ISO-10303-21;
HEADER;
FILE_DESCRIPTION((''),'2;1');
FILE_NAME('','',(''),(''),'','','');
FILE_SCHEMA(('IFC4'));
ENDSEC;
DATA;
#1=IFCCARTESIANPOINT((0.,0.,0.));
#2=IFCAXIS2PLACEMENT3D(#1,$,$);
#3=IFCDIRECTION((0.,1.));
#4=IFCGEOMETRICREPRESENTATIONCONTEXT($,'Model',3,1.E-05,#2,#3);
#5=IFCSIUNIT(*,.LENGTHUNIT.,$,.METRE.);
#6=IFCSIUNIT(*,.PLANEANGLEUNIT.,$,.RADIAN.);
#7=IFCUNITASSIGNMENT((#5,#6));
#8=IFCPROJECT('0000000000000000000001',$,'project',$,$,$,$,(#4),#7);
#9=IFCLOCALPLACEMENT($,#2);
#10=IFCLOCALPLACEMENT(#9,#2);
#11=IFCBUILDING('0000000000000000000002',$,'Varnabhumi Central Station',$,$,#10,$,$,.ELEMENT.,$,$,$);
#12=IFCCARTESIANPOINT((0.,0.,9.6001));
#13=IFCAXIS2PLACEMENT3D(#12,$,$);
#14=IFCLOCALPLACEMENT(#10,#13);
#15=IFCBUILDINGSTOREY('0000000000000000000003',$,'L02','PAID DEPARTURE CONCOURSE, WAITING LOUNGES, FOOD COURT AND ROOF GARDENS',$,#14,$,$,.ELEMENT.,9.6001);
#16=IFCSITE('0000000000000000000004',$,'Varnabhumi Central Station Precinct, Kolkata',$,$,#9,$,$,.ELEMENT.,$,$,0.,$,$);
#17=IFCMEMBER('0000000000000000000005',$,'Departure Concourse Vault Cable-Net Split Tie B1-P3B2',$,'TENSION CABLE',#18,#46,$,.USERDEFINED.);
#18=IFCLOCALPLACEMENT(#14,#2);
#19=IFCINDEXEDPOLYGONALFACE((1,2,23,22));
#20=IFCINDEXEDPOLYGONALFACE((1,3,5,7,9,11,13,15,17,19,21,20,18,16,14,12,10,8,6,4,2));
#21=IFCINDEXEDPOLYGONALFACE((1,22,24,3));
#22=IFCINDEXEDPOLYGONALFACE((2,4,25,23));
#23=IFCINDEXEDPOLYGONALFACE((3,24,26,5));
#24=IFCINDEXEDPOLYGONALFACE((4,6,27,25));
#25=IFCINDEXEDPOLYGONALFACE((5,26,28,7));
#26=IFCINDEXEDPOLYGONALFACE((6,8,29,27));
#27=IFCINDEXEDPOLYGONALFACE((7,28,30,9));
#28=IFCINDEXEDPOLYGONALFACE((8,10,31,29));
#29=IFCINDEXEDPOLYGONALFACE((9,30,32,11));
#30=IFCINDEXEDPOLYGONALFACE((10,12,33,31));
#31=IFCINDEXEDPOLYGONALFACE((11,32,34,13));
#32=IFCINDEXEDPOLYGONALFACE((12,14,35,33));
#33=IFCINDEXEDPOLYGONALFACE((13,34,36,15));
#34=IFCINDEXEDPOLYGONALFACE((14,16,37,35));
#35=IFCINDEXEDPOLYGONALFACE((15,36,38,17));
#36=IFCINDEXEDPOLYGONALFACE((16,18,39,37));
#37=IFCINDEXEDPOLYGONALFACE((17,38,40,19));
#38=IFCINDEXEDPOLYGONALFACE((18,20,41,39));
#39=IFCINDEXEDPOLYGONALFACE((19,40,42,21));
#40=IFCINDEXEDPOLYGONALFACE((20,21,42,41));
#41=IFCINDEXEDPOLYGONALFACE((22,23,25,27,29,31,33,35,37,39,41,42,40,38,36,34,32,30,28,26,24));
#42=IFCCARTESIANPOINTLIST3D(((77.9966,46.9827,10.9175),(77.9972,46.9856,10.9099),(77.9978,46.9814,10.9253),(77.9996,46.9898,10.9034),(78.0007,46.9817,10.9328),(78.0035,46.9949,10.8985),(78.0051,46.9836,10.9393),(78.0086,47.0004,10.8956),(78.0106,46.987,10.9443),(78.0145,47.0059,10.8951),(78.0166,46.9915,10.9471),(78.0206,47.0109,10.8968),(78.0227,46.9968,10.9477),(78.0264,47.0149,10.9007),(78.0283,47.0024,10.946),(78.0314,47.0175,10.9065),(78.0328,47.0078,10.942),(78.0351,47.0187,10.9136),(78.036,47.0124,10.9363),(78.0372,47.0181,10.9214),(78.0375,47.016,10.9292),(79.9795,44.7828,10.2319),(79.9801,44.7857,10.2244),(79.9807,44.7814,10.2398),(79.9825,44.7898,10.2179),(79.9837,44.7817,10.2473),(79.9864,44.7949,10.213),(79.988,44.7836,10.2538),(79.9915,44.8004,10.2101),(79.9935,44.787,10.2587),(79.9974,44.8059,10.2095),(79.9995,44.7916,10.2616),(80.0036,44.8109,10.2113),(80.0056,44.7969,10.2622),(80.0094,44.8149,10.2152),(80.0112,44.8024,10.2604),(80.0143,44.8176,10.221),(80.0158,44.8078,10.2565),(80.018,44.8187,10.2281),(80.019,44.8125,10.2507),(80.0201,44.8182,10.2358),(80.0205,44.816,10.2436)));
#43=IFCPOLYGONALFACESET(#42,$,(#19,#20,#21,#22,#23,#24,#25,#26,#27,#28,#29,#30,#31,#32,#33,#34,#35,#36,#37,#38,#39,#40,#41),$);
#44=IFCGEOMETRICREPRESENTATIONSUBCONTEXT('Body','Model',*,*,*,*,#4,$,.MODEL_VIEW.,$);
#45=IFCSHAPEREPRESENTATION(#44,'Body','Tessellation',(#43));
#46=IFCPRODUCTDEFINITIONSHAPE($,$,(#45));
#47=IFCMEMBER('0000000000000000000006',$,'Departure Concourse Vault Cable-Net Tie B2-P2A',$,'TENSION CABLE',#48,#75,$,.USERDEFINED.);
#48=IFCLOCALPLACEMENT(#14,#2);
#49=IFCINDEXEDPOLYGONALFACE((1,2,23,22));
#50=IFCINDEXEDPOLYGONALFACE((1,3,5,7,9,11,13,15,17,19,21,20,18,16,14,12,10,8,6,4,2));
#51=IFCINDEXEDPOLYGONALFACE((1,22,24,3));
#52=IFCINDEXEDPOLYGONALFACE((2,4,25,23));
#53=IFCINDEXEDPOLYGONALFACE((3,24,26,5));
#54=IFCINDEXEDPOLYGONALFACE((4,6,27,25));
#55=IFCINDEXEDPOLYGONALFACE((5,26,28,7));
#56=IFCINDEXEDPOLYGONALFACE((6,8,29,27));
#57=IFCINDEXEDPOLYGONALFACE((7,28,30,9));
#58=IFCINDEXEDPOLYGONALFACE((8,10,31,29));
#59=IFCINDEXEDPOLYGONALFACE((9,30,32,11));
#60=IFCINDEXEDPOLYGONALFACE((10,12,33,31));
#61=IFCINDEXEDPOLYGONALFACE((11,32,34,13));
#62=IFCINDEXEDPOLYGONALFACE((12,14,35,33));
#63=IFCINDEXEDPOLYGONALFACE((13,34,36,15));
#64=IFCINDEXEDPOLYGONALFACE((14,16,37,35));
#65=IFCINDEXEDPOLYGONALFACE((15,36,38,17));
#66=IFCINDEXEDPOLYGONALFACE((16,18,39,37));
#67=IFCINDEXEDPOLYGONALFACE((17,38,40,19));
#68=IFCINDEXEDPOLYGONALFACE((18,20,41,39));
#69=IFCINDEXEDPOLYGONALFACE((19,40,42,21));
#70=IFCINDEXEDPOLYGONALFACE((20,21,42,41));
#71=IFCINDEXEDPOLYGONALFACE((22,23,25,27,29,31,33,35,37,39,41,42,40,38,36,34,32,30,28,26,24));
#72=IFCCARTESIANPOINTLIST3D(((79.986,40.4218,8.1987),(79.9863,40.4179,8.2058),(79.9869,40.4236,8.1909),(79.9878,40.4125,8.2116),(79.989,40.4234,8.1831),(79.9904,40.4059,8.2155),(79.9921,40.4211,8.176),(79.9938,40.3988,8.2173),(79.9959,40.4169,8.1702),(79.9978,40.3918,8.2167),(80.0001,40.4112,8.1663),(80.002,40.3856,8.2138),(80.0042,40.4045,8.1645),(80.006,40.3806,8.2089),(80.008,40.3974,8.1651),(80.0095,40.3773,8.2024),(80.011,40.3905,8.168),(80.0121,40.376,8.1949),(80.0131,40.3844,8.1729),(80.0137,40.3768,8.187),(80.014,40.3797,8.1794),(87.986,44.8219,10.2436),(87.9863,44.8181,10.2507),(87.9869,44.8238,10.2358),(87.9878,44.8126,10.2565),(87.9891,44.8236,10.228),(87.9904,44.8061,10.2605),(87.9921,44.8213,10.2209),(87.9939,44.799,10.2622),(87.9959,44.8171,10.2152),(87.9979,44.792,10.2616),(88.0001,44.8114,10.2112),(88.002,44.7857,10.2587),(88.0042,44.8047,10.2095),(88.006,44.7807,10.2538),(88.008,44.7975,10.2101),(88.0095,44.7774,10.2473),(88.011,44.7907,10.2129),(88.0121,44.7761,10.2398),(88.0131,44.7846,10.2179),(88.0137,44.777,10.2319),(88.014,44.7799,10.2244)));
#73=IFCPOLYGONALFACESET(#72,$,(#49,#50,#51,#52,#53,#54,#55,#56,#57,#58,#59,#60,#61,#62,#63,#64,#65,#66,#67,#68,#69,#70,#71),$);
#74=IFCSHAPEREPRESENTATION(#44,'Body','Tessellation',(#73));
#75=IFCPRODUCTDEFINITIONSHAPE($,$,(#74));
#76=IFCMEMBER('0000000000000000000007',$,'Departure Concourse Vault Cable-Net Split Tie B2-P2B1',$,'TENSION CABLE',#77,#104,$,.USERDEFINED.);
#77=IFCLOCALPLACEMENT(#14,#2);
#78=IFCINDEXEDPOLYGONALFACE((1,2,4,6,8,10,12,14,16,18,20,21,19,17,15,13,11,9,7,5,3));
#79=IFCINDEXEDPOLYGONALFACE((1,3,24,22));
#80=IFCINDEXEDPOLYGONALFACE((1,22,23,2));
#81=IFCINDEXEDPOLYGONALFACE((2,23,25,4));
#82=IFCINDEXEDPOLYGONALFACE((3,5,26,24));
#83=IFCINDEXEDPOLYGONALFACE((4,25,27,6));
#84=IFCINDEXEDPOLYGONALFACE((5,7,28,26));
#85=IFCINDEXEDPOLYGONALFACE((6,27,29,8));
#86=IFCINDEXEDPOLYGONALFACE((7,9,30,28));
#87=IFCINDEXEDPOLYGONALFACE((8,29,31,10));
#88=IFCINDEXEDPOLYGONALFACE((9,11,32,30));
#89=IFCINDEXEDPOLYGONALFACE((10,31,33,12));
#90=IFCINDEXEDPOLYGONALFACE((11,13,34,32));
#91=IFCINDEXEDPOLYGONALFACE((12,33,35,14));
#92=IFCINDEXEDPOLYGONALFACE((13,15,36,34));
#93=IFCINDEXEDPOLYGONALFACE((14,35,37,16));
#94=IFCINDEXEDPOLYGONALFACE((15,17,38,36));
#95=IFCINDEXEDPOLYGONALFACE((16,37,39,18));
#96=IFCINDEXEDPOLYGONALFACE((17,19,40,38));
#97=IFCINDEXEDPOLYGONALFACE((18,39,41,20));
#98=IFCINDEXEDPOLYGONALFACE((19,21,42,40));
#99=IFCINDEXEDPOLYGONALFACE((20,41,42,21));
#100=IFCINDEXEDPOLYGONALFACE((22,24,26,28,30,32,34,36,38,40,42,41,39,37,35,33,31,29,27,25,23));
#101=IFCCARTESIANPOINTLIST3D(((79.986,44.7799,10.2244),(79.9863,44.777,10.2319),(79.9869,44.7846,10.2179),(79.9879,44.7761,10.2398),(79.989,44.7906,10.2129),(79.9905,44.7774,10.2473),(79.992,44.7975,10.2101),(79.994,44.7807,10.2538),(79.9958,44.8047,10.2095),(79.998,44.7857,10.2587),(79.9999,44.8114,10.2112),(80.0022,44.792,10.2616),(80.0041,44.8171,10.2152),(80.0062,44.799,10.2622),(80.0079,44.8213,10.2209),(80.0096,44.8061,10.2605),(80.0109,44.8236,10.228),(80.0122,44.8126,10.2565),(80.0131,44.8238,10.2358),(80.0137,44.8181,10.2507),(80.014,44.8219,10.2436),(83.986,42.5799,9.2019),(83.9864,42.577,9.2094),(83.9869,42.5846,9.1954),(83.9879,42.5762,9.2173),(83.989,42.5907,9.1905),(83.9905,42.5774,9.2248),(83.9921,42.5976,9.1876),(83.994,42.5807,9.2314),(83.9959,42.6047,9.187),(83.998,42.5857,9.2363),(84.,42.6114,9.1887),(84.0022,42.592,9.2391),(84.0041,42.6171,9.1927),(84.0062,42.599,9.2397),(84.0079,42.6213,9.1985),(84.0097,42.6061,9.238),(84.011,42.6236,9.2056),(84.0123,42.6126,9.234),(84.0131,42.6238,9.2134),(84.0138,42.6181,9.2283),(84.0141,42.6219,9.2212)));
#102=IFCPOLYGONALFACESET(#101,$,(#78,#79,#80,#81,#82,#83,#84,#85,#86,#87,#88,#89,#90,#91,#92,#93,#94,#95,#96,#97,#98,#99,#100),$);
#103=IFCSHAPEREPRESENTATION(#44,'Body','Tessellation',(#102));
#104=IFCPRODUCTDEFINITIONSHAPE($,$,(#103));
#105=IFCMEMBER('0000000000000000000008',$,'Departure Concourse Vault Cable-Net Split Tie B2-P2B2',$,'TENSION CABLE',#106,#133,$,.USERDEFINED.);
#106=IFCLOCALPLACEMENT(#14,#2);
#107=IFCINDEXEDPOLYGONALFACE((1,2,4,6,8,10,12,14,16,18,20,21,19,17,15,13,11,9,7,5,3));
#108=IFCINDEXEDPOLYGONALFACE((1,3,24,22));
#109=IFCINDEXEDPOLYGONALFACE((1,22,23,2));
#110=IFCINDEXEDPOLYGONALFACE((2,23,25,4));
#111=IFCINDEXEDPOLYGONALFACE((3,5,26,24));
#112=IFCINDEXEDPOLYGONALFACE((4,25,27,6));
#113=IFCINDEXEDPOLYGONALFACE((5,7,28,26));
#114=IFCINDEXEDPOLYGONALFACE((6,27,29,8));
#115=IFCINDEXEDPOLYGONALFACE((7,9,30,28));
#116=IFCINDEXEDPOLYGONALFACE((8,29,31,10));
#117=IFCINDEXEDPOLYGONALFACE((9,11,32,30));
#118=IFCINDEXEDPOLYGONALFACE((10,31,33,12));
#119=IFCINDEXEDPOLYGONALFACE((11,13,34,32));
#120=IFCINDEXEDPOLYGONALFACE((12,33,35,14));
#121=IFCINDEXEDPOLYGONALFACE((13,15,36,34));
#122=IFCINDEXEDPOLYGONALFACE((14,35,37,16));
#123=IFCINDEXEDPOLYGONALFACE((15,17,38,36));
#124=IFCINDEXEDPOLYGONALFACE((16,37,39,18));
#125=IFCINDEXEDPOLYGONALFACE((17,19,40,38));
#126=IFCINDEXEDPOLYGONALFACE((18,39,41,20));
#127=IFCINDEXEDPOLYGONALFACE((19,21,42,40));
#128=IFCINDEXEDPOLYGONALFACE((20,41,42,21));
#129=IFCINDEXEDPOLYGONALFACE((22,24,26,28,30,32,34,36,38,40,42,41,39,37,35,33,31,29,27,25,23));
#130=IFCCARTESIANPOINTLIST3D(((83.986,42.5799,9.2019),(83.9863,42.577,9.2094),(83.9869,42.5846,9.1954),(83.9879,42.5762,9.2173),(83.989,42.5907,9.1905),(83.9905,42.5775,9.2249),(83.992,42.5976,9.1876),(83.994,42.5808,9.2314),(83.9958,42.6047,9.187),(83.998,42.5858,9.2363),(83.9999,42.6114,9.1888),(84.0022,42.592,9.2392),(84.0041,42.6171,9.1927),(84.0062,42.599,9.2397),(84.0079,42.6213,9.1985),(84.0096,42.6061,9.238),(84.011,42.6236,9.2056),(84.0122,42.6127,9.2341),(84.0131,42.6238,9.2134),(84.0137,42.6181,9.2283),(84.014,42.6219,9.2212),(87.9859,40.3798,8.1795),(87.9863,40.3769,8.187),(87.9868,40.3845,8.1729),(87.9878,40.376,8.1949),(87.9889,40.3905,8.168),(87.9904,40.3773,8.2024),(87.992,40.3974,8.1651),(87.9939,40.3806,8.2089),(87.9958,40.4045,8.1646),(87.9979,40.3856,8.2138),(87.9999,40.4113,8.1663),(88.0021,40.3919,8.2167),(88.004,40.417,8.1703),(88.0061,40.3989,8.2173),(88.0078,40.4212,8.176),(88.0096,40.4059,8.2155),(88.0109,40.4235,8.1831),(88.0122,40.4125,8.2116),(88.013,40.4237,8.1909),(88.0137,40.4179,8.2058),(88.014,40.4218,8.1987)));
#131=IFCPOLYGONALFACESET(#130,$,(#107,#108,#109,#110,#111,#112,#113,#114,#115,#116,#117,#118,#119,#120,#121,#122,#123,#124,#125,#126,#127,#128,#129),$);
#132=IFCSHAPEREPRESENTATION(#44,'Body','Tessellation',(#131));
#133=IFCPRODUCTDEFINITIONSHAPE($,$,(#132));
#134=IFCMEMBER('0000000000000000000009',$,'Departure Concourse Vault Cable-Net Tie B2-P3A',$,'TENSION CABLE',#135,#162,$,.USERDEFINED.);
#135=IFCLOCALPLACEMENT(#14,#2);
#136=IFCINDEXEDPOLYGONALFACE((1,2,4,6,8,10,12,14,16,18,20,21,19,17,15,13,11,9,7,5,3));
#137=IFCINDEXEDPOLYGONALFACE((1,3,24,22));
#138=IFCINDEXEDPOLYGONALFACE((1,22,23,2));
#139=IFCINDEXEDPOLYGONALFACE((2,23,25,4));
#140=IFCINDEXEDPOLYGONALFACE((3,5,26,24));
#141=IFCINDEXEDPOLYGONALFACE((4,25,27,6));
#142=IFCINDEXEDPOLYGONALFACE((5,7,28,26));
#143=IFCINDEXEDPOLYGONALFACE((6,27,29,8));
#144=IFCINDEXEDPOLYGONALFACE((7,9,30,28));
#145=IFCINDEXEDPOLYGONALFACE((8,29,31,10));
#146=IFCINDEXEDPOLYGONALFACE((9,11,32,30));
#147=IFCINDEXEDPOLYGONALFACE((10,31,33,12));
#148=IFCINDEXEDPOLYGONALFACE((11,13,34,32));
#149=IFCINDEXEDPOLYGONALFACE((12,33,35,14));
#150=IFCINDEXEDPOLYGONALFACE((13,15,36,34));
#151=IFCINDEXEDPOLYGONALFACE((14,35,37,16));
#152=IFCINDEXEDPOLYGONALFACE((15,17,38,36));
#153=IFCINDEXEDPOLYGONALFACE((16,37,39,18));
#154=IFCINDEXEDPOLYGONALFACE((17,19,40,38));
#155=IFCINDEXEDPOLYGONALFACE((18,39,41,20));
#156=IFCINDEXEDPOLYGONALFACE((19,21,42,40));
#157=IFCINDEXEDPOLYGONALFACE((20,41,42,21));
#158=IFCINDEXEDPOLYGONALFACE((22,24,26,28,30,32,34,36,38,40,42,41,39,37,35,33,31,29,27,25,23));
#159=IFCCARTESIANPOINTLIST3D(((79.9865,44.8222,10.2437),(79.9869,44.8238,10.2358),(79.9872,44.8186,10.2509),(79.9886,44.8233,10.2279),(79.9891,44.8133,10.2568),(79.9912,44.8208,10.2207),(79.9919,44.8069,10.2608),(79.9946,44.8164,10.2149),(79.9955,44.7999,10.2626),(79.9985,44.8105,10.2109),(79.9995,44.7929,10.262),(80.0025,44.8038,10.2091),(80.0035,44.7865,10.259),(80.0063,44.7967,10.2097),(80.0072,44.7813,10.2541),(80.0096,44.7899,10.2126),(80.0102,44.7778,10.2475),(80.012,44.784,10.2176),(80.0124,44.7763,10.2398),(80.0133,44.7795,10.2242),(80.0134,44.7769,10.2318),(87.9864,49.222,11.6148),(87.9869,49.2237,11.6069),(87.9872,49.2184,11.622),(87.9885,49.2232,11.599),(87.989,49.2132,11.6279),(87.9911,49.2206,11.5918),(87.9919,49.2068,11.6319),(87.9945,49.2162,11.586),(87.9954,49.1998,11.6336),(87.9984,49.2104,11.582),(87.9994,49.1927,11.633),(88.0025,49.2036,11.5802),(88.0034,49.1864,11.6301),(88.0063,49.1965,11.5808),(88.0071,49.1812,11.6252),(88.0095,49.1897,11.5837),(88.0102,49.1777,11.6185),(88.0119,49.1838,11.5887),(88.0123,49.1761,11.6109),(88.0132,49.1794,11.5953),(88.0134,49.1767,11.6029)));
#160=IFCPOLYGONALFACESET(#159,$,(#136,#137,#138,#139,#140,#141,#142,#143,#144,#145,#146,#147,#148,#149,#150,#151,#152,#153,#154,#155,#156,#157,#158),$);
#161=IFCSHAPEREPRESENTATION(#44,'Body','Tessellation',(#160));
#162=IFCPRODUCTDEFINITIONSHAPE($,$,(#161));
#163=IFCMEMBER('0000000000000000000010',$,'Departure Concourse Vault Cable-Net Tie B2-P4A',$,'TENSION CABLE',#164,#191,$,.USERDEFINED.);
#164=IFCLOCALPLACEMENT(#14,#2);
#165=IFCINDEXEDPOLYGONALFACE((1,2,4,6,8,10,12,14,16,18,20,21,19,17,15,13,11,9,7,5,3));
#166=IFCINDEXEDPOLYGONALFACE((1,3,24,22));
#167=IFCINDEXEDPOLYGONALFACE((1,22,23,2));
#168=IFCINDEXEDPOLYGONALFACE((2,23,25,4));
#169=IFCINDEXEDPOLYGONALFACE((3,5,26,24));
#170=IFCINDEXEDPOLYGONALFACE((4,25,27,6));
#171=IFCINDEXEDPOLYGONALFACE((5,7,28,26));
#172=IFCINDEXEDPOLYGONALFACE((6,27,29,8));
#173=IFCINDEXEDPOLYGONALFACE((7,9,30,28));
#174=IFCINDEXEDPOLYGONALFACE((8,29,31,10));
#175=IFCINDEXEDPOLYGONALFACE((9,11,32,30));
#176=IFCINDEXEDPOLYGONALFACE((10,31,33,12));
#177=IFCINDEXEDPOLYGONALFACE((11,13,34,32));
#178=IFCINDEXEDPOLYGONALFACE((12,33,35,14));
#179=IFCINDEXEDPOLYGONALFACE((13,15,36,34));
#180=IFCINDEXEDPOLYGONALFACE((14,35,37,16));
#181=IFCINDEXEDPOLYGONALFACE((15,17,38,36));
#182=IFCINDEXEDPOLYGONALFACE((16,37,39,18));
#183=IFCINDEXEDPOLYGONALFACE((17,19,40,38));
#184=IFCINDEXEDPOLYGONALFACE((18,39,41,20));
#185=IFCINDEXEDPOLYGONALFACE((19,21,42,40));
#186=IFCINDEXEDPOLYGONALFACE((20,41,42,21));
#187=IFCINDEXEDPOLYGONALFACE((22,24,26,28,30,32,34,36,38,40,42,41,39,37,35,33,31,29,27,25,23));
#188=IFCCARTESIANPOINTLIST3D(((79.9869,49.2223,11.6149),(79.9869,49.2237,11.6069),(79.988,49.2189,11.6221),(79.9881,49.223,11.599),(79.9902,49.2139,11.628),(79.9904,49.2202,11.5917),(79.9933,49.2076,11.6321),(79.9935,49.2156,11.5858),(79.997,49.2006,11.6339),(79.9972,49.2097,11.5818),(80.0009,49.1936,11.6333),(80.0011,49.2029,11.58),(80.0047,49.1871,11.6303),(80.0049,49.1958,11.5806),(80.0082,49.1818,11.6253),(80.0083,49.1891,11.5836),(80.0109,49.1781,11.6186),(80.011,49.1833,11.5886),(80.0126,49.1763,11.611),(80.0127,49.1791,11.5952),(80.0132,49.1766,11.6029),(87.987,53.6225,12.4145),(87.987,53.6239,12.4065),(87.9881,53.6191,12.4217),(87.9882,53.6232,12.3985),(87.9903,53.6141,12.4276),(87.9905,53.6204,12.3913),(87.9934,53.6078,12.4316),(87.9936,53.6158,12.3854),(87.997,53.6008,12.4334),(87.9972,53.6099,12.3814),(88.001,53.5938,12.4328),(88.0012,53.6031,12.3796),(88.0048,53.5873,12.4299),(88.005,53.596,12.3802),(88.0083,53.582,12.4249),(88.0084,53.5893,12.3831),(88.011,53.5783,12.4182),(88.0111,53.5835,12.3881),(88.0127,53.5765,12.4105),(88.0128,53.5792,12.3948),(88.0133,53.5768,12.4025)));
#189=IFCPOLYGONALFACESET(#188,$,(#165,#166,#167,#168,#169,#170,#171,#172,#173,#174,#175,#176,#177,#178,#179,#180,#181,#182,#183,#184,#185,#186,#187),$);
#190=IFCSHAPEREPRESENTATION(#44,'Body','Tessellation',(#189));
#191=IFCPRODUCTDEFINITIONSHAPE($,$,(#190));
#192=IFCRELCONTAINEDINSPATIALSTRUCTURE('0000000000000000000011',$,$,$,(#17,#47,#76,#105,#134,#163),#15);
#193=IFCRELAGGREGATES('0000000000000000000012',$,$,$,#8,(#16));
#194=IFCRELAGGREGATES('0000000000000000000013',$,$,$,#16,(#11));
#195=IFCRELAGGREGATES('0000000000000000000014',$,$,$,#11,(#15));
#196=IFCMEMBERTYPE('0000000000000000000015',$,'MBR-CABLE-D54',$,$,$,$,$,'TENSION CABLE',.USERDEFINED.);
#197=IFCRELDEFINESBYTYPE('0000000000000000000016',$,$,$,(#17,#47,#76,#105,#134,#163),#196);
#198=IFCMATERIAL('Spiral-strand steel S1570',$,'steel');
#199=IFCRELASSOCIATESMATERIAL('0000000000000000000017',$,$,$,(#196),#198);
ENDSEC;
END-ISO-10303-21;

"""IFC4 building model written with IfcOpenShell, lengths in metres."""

from ifc_helpers import new_model, si_unit, direction, frame, origin, origin_2d, place, context, subcontext, project, spatial, circle, extrude, material, material_profile, profile_set, type_object, element, save


model = new_model("IFC4")

# Units and contexts
model_context = context("Model", 3, precision=1e-05, world=origin(), true_north=direction((0.0, 1.0)))
body_context = subcontext(model_context, "Body", "Model", "MODEL_VIEW")
ifc_project = project(units=[si_unit("LENGTHUNIT", "METRE"), si_unit("PLANEANGLEUNIT", "RADIAN")], contexts=[model_context])

# Site, building, storey
site_placement = place(None, origin())
site = spatial("IfcSite", under=ifc_project, at=site_placement, Name="Varnabhumi Central Station Precinct, Kolkata", CompositionType="ELEMENT", RefElevation=0.0)
building_placement = place(site_placement, origin())
building = spatial("IfcBuilding", under=site, at=building_placement, Name="Varnabhumi Central Station", CompositionType="ELEMENT")
storey_placement = place(building_placement, frame((0.0, 0.0, 9.6001)))
storey = spatial("IfcBuildingStorey", under=building, at=storey_placement, Name="L02", Description="PAID DEPARTURE CONCOURSE, WAITING LOUNGES, FOOD COURT AND ROOF GARDENS", CompositionType="ELEMENT", Elevation=9.6001)

# Members
ifc_material_1 = material(Name="Spiral-strand steel S1570", Category="steel")
ifc_material_profile_1 = material_profile(ifc_material_1, circle(Radius=0.0271, at=origin_2d()), Name="Spiral-strand steel S1570", Category="steel")
ifc_profile_set_1 = profile_set([ifc_material_profile_1], Name="Spiral-strand steel S1570")
member_type = type_object("IfcMemberType", Name="MBR-CABLE-D54", ElementType="TENSION CABLE", PredefinedType="USERDEFINED", material=ifc_profile_set_1)
member_1_placement = place(storey_placement, frame((78.0171, 47.0, 10.9214), z_axis=(0.65227, -0.723665, -0.225508), x_axis=(0.742798, 0.669516, 0.0)))
element("IfcMember", 1, at=member_1_placement, inside=storey, type_object=member_type, Name="Departure Concourse Vault Cable-Net Split Tie B1-P3B2", ObjectType="TENSION CABLE", PredefinedType="USERDEFINED", context=body_context, shape_type="SweptSolid", body=[
    extrude(circle(Radius=0.0271, at=origin_2d()), origin(), (0.0, 0.0, 1.0), 3.04),
])
member_2_placement = place(storey_placement, frame((80.0, 40.3999, 8.1909), z_axis=(0.855026, 0.47028, 0.218558), x_axis=(-0.481931, 0.876209, 0.0)))
element("IfcMember", 2, at=member_2_placement, inside=storey, type_object=member_type, Name="Departure Concourse Vault Cable-Net Tie B2-P2A", ObjectType="TENSION CABLE", PredefinedType="USERDEFINED", context=body_context, shape_type="SweptSolid", body=[
    extrude(circle(Radius=0.0271, at=origin_2d()), origin(), (0.0, 0.0, 1.0), 9.3564),
])
for number, where, z_axis, x_axis, name in (
    (3, (80.0, 44.8, 10.2358), (0.855036, -0.47026, -0.21856), (0.481911, 0.87622, 0.0), "Departure Concourse Vault Cable-Net Split Tie B2-P2B1"),
    (4, (84.0, 42.6001, 9.2134), (0.855015, -0.4703, -0.218555), (0.481952, 0.876198, 0.0), "Departure Concourse Vault Cable-Net Split Tie B2-P2B2"),
):
    element("IfcMember", number, at=place(storey_placement, frame(where, z_axis=z_axis, x_axis=x_axis)), inside=storey, type_object=member_type, Name=name, ObjectType="TENSION CABLE", PredefinedType="USERDEFINED", context=body_context, shape_type="SweptSolid", body=[
        extrude(circle(Radius=0.0271, at=origin_2d()), origin(), (0.0, 0.0, 1.0), 4.6782),
    ])
member_3_placement = place(storey_placement, frame((80.0, 44.8, 10.2358), z_axis=(0.866504, 0.476567, 0.148507), x_axis=(-0.481911, 0.87622, 0.0)))
element("IfcMember", 5, at=member_3_placement, inside=storey, type_object=member_type, Name="Departure Concourse Vault Cable-Net Tie B2-P3A", ObjectType="TENSION CABLE", PredefinedType="USERDEFINED", context=body_context, shape_type="SweptSolid", body=[
    extrude(circle(Radius=0.0271, at=origin_2d()), origin(), (0.0, 0.0, 1.0), 9.2324),
])
member_4_placement = place(storey_placement, frame((80.0, 49.2, 11.6069), z_axis=(0.872869, 0.480094, 0.087239), x_axis=(-0.481931, 0.876209, 0.0)))
element("IfcMember", 6, at=member_4_placement, inside=storey, type_object=member_type, Name="Departure Concourse Vault Cable-Net Tie B2-P4A", ObjectType="TENSION CABLE", PredefinedType="USERDEFINED", context=body_context, shape_type="SweptSolid", body=[
    extrude(circle(Radius=0.0271, at=origin_2d()), origin(), (0.0, 0.0, 1.0), 9.1653),
])

save(model, "model.ifc")
